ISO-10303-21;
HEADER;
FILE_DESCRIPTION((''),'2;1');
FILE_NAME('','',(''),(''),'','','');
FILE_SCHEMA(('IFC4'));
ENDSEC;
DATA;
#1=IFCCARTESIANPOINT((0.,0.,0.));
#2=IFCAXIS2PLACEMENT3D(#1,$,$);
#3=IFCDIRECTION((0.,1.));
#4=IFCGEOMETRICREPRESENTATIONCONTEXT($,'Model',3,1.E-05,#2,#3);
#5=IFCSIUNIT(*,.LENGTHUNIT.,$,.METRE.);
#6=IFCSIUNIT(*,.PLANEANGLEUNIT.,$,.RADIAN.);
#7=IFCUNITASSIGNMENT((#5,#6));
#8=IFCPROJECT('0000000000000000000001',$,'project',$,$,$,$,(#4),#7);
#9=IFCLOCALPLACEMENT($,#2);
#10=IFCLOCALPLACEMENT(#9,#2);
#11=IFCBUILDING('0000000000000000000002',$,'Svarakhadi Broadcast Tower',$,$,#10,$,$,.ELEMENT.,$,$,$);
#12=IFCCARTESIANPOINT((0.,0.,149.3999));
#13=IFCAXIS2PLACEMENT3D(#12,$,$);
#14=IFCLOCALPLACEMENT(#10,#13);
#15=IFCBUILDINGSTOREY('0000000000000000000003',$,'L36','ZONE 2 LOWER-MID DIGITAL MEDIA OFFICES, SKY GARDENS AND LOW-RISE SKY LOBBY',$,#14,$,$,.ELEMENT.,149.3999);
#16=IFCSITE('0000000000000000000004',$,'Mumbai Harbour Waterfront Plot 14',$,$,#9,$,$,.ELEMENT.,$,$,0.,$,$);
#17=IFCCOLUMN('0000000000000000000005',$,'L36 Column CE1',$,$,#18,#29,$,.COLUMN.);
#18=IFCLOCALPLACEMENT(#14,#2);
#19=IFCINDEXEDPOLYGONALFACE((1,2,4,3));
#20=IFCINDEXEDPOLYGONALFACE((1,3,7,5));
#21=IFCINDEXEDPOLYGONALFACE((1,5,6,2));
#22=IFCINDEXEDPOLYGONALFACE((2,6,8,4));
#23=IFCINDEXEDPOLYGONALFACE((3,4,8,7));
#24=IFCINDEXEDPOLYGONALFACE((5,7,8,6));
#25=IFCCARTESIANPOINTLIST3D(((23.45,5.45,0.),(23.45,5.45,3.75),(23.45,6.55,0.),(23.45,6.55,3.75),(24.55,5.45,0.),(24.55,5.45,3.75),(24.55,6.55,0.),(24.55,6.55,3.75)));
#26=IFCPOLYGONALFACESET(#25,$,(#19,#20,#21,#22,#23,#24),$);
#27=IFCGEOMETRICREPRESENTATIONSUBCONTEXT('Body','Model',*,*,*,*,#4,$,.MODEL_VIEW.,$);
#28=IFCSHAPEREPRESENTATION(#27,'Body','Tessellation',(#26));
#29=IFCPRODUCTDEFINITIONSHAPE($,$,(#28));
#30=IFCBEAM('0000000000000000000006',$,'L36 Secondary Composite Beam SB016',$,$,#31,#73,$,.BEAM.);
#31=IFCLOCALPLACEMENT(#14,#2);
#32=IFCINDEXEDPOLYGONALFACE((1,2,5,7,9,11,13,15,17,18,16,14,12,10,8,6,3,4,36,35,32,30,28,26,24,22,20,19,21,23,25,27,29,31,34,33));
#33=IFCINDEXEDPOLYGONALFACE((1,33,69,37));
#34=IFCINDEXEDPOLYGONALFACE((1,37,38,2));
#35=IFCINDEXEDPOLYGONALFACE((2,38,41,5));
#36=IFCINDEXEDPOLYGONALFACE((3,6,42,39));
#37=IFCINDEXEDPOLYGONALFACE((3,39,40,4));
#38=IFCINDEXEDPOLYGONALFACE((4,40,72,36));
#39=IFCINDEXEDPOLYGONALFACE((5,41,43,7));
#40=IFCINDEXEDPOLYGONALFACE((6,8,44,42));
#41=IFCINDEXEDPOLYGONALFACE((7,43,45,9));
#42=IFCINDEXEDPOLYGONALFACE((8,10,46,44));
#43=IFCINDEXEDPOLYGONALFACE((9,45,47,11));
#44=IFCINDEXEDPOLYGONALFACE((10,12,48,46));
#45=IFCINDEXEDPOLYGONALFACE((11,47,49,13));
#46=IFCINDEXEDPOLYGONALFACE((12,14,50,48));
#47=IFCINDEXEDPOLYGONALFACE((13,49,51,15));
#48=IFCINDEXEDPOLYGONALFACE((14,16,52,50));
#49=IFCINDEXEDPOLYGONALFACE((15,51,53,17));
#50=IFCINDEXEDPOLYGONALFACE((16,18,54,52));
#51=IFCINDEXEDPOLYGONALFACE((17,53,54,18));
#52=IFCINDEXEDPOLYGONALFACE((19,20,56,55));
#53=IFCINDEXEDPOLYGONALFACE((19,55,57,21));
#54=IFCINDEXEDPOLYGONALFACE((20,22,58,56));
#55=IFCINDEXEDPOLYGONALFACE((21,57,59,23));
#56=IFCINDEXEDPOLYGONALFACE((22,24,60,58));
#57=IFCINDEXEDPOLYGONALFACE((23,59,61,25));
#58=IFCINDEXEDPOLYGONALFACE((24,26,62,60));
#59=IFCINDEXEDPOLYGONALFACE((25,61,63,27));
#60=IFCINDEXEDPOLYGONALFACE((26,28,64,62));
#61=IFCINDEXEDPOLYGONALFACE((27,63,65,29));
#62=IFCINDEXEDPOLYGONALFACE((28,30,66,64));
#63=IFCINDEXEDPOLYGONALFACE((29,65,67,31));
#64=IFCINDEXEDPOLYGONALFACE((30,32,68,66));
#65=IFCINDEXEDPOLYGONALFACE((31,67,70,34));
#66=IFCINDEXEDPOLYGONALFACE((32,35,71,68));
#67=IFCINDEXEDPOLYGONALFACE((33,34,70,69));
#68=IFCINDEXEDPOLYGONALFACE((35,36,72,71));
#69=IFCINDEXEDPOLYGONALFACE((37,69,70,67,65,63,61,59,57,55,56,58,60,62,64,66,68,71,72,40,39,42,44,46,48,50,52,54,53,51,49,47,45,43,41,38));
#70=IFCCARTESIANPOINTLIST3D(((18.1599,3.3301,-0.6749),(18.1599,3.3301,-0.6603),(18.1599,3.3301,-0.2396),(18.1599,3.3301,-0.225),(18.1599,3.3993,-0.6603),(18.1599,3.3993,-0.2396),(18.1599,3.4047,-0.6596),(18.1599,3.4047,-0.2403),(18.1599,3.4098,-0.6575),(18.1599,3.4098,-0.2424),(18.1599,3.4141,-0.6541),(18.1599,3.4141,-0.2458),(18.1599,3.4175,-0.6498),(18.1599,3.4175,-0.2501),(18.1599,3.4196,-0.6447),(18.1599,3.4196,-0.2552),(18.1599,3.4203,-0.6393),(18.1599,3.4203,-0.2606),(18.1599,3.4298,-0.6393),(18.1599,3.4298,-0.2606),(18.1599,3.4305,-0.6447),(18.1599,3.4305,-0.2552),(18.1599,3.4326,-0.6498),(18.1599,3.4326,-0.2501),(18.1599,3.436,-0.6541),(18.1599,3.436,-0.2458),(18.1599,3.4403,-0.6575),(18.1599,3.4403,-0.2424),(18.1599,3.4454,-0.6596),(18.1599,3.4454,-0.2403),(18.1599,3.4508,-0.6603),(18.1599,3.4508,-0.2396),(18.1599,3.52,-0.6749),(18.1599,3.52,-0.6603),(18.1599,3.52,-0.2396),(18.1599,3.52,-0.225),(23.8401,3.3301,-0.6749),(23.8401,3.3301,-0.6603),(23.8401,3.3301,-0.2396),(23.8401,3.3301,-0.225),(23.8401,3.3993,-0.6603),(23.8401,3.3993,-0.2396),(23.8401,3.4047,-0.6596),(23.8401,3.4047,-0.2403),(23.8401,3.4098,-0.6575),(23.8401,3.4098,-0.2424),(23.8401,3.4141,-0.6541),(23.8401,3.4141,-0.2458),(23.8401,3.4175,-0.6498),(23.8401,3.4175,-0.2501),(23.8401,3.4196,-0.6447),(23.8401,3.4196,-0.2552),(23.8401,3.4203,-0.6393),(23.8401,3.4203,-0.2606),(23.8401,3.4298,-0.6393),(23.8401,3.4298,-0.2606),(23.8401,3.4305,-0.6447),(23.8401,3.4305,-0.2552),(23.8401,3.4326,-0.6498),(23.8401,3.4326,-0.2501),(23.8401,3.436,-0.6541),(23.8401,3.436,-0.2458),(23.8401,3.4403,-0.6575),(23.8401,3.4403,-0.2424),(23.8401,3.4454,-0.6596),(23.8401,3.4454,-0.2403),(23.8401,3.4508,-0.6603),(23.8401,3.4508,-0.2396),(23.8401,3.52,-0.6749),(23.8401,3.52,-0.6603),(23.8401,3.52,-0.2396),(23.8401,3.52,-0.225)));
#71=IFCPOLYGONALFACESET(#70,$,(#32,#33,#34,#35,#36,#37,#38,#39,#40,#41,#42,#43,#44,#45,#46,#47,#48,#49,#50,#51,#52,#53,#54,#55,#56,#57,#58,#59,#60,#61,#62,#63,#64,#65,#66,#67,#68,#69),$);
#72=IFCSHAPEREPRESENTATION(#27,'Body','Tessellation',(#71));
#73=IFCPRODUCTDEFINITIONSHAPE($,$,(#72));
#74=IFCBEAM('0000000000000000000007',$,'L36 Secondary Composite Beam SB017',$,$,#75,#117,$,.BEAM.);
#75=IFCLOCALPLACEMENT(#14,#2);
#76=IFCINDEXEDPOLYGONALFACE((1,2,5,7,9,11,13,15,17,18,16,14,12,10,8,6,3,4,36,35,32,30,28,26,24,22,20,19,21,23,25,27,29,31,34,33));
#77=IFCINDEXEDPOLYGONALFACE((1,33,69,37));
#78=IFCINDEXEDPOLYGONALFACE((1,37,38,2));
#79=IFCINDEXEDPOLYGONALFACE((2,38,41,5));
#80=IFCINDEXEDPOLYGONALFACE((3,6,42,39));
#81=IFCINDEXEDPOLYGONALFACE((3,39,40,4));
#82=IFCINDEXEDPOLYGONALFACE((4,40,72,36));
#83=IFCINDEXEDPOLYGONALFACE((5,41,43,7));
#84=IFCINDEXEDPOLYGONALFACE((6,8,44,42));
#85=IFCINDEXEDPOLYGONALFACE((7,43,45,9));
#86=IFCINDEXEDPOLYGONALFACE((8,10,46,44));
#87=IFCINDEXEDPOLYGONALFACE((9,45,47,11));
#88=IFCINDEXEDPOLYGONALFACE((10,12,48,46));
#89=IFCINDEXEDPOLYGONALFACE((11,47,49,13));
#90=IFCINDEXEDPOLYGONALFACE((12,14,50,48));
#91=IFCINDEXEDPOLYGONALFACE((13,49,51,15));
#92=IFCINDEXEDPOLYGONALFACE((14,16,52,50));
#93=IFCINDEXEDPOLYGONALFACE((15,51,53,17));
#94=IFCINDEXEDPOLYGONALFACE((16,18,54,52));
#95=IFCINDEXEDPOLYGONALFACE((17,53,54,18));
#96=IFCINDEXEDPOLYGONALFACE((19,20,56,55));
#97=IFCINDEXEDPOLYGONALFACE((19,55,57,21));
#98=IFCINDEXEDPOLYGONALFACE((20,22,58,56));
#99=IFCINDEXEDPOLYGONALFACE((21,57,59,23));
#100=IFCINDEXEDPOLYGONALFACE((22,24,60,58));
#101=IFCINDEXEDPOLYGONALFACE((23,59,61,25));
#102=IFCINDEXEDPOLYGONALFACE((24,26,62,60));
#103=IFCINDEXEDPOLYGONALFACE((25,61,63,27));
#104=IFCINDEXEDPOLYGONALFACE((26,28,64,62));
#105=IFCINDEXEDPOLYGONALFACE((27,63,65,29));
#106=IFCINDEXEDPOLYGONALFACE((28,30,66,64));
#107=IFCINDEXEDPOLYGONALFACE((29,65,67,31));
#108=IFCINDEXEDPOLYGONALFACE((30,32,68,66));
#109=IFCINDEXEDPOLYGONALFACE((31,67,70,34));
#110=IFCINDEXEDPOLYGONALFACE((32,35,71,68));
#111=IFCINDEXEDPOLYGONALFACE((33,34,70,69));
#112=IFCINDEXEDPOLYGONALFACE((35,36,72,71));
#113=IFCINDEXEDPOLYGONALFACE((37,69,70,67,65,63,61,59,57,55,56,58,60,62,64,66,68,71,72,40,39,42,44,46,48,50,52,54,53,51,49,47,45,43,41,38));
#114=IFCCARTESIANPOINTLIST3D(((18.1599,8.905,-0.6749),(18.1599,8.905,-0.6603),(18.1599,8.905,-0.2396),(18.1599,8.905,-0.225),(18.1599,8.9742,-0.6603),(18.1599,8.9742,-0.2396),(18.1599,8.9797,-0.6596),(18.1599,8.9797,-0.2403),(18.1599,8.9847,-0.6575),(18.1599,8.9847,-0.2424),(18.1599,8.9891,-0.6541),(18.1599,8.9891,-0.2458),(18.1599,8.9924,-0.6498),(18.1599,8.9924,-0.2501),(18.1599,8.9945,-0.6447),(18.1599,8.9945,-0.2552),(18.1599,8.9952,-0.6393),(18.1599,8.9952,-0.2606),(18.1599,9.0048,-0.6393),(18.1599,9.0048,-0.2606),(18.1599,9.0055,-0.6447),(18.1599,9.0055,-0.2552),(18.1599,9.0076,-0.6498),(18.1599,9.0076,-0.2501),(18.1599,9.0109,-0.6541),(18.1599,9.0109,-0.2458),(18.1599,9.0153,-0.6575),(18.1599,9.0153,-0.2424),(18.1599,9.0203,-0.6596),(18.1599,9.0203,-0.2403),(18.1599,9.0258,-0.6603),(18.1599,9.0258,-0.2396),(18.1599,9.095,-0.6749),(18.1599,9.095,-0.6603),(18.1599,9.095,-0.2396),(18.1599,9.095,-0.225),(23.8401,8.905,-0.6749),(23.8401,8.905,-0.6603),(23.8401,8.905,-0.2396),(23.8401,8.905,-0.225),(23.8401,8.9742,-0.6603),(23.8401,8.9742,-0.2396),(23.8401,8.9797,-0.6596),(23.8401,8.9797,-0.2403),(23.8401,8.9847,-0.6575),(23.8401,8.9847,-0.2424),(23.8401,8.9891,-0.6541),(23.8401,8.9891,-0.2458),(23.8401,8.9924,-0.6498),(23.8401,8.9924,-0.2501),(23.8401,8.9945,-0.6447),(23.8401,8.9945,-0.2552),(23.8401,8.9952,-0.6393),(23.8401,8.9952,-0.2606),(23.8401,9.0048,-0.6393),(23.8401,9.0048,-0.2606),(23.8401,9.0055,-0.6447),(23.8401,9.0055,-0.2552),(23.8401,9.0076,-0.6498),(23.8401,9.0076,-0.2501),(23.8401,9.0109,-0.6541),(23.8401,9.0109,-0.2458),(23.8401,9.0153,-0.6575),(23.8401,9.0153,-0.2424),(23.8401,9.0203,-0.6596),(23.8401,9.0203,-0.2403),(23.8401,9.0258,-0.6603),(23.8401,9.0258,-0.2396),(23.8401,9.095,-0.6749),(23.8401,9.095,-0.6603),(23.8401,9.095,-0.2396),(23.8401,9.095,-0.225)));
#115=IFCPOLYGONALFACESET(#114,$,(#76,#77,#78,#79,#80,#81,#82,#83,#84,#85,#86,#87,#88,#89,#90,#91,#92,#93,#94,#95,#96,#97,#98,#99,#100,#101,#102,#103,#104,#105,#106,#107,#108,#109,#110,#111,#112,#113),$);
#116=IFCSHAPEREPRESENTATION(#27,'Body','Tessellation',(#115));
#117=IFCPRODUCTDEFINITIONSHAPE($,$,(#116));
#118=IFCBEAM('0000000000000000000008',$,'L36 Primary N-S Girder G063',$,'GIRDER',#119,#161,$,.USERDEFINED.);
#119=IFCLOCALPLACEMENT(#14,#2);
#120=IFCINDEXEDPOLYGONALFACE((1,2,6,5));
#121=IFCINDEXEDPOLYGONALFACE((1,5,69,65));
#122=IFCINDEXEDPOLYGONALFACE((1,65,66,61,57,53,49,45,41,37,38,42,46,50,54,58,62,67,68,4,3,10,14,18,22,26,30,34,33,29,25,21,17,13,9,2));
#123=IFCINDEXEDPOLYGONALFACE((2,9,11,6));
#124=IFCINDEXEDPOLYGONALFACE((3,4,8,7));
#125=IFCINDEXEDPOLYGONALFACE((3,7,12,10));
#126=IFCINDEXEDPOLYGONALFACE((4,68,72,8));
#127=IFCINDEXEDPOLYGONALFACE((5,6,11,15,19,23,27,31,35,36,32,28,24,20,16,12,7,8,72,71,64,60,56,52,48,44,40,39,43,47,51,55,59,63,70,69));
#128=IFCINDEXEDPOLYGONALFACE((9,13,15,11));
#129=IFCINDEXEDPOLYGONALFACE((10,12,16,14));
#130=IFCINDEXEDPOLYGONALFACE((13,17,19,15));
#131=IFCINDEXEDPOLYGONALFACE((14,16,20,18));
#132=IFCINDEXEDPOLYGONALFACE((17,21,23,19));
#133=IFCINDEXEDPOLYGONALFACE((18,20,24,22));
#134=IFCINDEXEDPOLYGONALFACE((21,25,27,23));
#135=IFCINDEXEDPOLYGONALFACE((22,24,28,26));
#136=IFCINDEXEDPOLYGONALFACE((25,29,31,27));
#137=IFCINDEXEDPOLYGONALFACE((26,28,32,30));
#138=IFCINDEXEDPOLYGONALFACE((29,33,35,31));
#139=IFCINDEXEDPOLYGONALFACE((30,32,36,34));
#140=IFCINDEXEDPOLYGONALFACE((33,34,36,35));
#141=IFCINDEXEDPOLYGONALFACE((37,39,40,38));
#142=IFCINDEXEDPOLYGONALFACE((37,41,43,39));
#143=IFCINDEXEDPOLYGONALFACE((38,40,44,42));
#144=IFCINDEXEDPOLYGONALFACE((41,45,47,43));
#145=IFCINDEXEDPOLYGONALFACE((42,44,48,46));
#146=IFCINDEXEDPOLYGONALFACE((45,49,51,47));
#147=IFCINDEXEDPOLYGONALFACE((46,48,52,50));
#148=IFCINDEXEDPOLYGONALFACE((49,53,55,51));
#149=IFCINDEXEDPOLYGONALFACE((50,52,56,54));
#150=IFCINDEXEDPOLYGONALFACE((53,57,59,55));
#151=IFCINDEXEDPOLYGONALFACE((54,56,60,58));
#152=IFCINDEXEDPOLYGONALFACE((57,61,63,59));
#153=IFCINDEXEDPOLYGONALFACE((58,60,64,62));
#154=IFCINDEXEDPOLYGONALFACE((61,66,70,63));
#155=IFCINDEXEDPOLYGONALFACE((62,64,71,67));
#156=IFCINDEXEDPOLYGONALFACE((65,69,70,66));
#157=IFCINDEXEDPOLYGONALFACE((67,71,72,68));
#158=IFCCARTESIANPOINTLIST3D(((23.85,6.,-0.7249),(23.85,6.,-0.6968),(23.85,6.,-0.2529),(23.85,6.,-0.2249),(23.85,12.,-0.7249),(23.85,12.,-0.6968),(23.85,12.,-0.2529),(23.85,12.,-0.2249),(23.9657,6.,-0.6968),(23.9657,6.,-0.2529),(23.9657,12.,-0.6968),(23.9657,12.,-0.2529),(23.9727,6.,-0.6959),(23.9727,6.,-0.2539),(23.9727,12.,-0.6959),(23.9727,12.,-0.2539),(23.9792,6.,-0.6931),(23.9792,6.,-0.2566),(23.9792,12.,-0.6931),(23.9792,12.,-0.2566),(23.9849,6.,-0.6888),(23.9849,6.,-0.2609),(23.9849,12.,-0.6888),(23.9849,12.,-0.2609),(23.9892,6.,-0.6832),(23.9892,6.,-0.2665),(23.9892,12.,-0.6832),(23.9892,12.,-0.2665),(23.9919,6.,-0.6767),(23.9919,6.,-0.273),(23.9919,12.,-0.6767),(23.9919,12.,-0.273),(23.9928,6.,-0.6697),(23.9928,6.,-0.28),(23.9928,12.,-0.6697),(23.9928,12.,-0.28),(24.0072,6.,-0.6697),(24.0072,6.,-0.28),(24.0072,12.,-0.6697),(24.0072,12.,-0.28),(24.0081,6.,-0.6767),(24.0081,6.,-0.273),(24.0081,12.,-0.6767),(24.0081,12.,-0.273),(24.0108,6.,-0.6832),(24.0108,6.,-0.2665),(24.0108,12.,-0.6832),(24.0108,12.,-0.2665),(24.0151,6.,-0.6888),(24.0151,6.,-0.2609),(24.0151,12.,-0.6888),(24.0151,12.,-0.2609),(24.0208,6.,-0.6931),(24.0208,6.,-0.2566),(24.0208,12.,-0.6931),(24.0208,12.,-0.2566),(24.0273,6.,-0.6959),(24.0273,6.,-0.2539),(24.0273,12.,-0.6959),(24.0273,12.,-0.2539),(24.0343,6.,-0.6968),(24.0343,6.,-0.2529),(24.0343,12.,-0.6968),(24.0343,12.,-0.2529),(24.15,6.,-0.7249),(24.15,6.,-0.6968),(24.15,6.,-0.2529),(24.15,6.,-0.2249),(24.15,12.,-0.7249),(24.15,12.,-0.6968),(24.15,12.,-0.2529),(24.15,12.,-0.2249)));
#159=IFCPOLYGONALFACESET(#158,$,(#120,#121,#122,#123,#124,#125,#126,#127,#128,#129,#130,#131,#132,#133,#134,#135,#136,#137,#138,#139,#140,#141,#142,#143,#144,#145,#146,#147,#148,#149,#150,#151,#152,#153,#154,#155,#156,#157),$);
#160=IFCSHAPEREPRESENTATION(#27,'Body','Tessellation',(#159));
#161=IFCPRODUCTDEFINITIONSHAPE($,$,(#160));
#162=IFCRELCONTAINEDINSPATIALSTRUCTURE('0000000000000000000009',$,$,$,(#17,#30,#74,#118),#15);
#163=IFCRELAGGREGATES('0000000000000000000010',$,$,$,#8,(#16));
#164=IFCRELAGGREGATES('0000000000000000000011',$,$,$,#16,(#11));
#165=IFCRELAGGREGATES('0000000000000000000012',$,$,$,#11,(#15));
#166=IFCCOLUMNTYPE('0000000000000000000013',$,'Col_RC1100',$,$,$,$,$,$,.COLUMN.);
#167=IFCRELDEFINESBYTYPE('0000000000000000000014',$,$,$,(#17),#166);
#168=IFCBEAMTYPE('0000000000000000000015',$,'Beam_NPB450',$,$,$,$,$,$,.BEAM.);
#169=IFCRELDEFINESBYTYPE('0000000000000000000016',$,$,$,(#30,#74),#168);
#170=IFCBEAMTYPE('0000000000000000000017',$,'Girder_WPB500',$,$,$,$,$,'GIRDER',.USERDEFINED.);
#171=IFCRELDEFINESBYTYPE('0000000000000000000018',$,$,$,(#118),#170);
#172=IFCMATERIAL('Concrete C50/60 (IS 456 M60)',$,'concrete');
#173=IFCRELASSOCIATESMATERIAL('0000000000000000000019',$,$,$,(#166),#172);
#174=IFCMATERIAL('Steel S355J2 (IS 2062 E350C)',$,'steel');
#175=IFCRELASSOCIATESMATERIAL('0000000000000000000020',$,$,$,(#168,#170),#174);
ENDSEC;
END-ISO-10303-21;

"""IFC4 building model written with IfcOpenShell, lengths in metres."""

from ifc_helpers import new_model, si_unit, direction, frame, origin, origin_2d, place, context, subcontext, project, spatial, rectangle, i_section, extrude, material, material_profile, profile_set, type_object, element, save


model = new_model("IFC4")

# Units and contexts
model_context = context("Model", 3, precision=1e-05, world=origin(), true_north=direction((0.0, 1.0)))
body_context = subcontext(model_context, "Body", "Model", "MODEL_VIEW")
ifc_project = project(units=[si_unit("LENGTHUNIT", "METRE"), si_unit("PLANEANGLEUNIT", "RADIAN")], contexts=[model_context])

# Site, building, storey
site_placement = place(None, origin())
site = spatial("IfcSite", under=ifc_project, at=site_placement, Name="Mumbai Harbour Waterfront Plot 14", CompositionType="ELEMENT", RefElevation=0.0)
building_placement = place(site_placement, origin())
building = spatial("IfcBuilding", under=site, at=building_placement, Name="Svarakhadi Broadcast Tower", CompositionType="ELEMENT")
storey_placement = place(building_placement, frame((0.0, 0.0, 149.3999)))
storey = spatial("IfcBuildingStorey", under=building, at=storey_placement, Name="L36", Description="ZONE 2 LOWER-MID DIGITAL MEDIA OFFICES, SKY GARDENS AND LOW-RISE SKY LOBBY", CompositionType="ELEMENT", Elevation=149.3999)

# Column
ifc_material_1 = material(Name="Concrete C50/60 (IS 456 M60)", Category="concrete")
ifc_material_profile_1 = material_profile(ifc_material_1, rectangle(XDim=1.1001, YDim=1.1001, at=origin_2d()), Name="RC 1100x1100")
ifc_profile_set_1 = profile_set([ifc_material_profile_1], Name="Concrete C50/60 (IS 456 M60)")
column_type = type_object("IfcColumnType", Name="Col_RC1100", PredefinedType="COLUMN", material=ifc_profile_set_1)
column_placement = place(storey_placement, frame((24.0, 6.0, 0.0), z_axis=(0.0, 0.0, 1.0), x_axis=(1.0, 0.0, 0.0)))
element("IfcColumn", 1, at=column_placement, inside=storey, type_object=column_type, Name="L36 Column CE1", PredefinedType="COLUMN", context=body_context, shape_type="SweptSolid", body=[
    extrude(rectangle(XDim=1.1001, YDim=1.1001, at=origin_2d()), origin(), (0.0, 0.0, 1.0), 3.75),
])

# Beams
ifc_material_2 = material(Name="Steel S355J2 (IS 2062 E350C)", Category="steel")
ifc_material_profile_2 = material_profile(ifc_material_2, i_section(OverallWidth=0.1899, OverallDepth=0.45, WebThickness=0.0095, FlangeThickness=0.0146, FilletRadius=0.021, at=origin_2d()), Name="NPB 450x190x78")
ifc_profile_set_2 = profile_set([ifc_material_profile_2], Name="Steel S355J2 (IS 2062 E350C)")
beam_type_1 = type_object("IfcBeamType", Name="Beam_NPB450", PredefinedType="BEAM", material=ifc_profile_set_2)
for number, where, z_axis, x_axis, name in (
    (2, (18.1599, 3.425, -0.45), (1.0, 0.0, 0.0), (0.0, 1.0, 0.0), "L36 Secondary Composite Beam SB016"),
    (3, (18.1599, 9.0, -0.45), (1.0, 0.0, 0.0), (0.0, 1.0, 0.0), "L36 Secondary Composite Beam SB017"),
):
    element("IfcBeam", number, at=place(storey_placement, frame(where, z_axis=z_axis, x_axis=x_axis)), inside=storey, type_object=beam_type_1, Name=name, PredefinedType="BEAM", context=body_context, shape_type="SweptSolid", body=[
        extrude(i_section(OverallWidth=0.1899, OverallDepth=0.45, WebThickness=0.0095, FlangeThickness=0.0146, FilletRadius=0.021, at=origin_2d()), origin(), (0.0, 0.0, 1.0), 5.6802),
    ])
ifc_material_profile_3 = material_profile(ifc_material_2, i_section(OverallWidth=0.3, OverallDepth=0.5, WebThickness=0.0144, FlangeThickness=0.0281, FilletRadius=0.0271, at=origin_2d()), Name="WPB 500x300x187")
ifc_profile_set_3 = profile_set([ifc_material_profile_3], Name="Steel S355J2 (IS 2062 E350C)")
beam_type_2 = type_object("IfcBeamType", Name="Girder_WPB500", ElementType="GIRDER", PredefinedType="USERDEFINED", material=ifc_profile_set_3)
beam_1_placement = place(storey_placement, frame((24.0, 6.0, -0.4749), z_axis=(0.0, 1.0, 0.0), x_axis=(-1.0, 0.0, 0.0)))
element("IfcBeam", 4, at=beam_1_placement, inside=storey, type_object=beam_type_2, Name="L36 Primary N-S Girder G063", ObjectType="GIRDER", PredefinedType="USERDEFINED", context=body_context, shape_type="SweptSolid", body=[
    extrude(i_section(OverallWidth=0.3, OverallDepth=0.5, WebThickness=0.0144, FlangeThickness=0.0281, FilletRadius=0.0271, at=origin_2d()), origin(), (0.0, 0.0, 1.0), 6.0),
])

save(model, "model.ifc")
